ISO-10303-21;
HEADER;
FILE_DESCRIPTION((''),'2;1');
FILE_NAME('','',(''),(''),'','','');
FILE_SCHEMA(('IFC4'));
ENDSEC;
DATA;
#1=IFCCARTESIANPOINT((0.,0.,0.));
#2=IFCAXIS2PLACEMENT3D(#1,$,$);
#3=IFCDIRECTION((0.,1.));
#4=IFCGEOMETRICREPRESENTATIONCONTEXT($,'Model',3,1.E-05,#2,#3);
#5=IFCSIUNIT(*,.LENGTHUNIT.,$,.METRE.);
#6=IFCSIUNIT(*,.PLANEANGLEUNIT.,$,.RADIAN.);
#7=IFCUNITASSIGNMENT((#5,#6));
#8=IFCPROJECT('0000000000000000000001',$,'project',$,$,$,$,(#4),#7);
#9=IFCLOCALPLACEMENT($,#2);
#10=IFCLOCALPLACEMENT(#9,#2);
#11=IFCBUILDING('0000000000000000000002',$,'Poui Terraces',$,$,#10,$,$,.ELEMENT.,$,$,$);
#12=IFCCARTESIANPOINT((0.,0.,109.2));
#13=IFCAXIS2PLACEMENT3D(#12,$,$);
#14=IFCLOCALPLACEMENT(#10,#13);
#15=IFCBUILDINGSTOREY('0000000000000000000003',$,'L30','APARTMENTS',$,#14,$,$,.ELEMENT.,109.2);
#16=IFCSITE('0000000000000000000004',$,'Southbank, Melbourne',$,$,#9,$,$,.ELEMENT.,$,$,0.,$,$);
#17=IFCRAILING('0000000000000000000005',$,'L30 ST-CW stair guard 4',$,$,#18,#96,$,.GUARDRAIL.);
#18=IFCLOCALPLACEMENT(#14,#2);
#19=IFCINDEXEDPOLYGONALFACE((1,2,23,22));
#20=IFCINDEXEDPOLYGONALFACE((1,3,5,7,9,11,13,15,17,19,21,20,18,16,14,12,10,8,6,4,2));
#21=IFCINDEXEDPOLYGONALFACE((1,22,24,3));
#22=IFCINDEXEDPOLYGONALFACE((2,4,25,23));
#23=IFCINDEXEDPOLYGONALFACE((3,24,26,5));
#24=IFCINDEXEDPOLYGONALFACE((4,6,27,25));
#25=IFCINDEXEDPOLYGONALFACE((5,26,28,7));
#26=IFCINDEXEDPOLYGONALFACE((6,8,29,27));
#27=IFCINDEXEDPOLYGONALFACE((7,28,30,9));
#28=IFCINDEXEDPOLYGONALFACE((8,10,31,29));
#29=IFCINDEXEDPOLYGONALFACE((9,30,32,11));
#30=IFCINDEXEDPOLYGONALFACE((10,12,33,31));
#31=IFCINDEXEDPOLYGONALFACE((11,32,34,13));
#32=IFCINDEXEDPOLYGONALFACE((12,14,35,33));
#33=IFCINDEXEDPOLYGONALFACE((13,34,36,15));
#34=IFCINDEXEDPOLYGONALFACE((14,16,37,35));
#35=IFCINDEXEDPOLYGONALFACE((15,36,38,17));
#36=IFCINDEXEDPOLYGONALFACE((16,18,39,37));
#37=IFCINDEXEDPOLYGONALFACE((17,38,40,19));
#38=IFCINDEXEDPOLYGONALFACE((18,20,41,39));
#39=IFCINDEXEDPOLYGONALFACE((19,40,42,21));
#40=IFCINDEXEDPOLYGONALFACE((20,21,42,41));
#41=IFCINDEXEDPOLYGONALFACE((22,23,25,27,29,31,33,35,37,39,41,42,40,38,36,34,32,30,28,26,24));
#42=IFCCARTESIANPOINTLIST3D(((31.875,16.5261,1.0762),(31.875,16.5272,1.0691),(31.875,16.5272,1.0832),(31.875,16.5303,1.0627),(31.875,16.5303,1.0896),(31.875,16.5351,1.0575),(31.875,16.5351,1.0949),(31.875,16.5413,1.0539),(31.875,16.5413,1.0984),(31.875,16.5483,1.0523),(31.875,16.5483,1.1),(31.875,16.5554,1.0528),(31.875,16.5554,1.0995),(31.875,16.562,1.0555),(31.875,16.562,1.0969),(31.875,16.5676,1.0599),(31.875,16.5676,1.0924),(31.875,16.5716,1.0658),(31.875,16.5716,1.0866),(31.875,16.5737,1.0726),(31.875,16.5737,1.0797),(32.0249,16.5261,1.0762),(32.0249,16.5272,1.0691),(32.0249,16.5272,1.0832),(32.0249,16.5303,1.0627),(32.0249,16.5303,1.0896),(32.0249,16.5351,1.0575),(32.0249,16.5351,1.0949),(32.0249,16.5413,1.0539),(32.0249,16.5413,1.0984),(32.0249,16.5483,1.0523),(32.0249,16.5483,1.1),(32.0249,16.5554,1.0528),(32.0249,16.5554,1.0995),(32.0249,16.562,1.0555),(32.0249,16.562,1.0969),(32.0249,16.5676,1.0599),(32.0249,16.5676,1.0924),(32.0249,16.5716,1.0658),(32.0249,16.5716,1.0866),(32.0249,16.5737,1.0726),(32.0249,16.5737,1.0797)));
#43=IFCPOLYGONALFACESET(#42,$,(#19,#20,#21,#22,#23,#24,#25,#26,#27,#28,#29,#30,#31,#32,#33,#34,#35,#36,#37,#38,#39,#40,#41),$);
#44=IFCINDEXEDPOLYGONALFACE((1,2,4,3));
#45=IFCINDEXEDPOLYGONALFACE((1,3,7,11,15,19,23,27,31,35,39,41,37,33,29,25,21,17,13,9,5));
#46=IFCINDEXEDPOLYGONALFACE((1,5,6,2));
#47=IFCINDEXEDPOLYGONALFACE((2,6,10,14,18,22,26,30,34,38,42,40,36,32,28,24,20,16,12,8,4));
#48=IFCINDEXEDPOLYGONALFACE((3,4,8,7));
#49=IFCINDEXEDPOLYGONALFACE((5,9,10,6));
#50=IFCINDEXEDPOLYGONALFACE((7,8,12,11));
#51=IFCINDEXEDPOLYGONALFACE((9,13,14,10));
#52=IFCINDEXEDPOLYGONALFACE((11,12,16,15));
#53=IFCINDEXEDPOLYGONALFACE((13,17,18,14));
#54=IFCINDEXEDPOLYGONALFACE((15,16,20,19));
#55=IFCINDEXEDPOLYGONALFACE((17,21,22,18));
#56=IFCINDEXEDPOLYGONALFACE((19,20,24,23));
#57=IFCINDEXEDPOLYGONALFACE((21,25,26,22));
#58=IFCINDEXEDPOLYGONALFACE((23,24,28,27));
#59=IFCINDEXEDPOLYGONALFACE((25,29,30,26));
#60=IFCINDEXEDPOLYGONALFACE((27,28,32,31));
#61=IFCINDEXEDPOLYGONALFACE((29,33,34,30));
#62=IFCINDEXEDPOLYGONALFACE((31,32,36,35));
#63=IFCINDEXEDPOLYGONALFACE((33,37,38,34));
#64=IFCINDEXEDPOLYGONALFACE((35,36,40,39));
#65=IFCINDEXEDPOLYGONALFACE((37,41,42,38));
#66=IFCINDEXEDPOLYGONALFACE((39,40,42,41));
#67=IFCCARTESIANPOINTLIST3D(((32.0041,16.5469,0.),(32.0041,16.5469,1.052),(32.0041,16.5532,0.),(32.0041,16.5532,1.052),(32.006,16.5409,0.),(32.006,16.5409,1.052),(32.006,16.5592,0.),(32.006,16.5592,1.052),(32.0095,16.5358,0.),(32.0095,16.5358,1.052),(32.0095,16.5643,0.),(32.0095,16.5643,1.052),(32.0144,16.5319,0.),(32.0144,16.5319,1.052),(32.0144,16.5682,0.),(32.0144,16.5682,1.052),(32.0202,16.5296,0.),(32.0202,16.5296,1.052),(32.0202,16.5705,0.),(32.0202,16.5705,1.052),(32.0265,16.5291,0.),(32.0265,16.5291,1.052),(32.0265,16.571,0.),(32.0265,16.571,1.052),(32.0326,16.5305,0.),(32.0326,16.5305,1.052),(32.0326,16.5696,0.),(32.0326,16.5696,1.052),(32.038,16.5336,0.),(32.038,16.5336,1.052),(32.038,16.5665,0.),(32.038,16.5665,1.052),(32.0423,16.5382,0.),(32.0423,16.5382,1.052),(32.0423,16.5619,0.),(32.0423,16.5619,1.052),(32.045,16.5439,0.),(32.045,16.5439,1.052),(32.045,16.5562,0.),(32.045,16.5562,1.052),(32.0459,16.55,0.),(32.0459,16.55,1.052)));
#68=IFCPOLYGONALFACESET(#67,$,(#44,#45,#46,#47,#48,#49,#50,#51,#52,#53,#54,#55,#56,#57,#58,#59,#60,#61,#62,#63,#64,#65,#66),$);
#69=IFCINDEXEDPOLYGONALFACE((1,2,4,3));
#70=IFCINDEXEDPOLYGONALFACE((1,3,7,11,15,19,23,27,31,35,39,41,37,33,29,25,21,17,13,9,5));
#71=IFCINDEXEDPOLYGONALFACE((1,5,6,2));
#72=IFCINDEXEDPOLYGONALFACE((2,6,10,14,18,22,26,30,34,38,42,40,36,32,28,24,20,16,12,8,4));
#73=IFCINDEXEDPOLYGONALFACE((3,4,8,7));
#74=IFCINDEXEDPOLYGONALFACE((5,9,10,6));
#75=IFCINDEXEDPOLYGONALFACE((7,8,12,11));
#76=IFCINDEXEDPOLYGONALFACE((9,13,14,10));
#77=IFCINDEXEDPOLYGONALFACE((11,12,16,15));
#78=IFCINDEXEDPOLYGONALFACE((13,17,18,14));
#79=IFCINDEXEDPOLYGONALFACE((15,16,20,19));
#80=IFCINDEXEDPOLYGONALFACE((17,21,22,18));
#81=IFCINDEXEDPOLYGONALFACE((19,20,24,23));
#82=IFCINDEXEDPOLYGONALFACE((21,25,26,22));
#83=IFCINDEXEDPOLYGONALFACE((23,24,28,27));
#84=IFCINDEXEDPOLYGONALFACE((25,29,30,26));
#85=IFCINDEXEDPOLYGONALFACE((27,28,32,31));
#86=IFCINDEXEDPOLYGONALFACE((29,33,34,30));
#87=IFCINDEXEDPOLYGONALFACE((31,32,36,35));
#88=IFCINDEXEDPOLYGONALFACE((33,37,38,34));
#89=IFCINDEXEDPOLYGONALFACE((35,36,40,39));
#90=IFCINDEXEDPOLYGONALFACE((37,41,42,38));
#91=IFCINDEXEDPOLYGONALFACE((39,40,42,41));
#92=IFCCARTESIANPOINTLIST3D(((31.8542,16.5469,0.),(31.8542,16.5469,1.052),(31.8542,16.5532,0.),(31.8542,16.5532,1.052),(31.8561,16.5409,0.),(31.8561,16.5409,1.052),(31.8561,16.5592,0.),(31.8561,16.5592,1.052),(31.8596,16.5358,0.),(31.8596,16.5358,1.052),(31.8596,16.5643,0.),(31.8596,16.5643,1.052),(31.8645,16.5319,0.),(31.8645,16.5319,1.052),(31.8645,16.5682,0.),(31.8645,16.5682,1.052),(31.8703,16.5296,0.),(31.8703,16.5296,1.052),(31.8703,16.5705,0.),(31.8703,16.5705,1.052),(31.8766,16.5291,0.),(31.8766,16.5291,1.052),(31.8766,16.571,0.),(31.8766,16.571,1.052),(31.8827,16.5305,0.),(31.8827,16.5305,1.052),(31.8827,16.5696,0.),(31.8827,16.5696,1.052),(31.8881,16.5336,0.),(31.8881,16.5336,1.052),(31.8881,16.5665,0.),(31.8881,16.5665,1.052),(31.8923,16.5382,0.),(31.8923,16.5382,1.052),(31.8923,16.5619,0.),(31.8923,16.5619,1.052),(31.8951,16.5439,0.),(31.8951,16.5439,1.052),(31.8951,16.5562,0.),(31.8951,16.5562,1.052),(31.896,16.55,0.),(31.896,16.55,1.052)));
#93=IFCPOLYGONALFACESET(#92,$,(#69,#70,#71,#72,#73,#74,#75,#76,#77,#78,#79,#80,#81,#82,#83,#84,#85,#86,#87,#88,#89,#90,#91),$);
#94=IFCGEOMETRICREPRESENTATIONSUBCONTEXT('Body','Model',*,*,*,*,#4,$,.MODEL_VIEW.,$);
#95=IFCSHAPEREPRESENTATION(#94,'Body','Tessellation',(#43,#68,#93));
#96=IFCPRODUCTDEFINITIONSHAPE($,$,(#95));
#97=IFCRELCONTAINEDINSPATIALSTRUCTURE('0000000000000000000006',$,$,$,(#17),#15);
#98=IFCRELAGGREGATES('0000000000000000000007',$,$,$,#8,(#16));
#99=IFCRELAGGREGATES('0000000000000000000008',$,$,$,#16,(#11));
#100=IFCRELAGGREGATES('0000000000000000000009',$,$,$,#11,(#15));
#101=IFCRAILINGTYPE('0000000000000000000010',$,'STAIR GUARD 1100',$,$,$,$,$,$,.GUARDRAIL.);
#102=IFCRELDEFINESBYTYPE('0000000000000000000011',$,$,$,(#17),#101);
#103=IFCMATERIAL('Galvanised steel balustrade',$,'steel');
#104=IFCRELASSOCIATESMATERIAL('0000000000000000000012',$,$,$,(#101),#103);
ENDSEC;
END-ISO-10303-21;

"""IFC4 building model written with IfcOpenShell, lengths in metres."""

from ifc_helpers import new_model, si_unit, direction, frame, origin, origin_2d, place, context, subcontext, project, spatial, circle, extrude, material, type_object, element, save


model = new_model("IFC4")

# Units and contexts
model_context = context("Model", 3, precision=1e-05, world=origin(), true_north=direction((0.0, 1.0)))
body_context = subcontext(model_context, "Body", "Model", "MODEL_VIEW")
ifc_project = project(units=[si_unit("LENGTHUNIT", "METRE"), si_unit("PLANEANGLEUNIT", "RADIAN")], contexts=[model_context])

# Site, building, storey
site_placement = place(None, origin())
site = spatial("IfcSite", under=ifc_project, at=site_placement, Name="Southbank, Melbourne", CompositionType="ELEMENT", RefElevation=0.0)
building_placement = place(site_placement, origin())
building = spatial("IfcBuilding", under=site, at=building_placement, Name="Poui Terraces", CompositionType="ELEMENT")
storey_placement = place(building_placement, frame((0.0, 0.0, 109.2)))
storey = spatial("IfcBuildingStorey", under=building, at=storey_placement, Name="L30", Description="APARTMENTS", CompositionType="ELEMENT", Elevation=109.2)

# Railing
ifc_material_1 = material(Name="Galvanised steel balustrade", Category="steel")
railing_type_1 = type_object("IfcRailingType", Name="STAIR GUARD 1100", PredefinedType="GUARDRAIL", material=ifc_material_1)
railing_1_placement = place(storey_placement, frame((32.0249, 16.55, 0.0)))
element("IfcRailing", 1, at=railing_1_placement, inside=storey, type_object=railing_type_1, Name="L30 ST-CW stair guard 4", PredefinedType="GUARDRAIL", context=body_context, shape_type="SweptSolid", body=[
    extrude(circle(Radius=0.0239, at=origin_2d()), frame((0.0, 0.0, 1.0762), z_axis=(-1.0, 0.0, 0.0), x_axis=(0.0, -1.0, 0.0)), (0.0, 0.0, 1.0), 0.1499),
    extrude(circle(Radius=0.021, at=origin_2d()), origin(), (0.0, 0.0, 1.0), 1.052),
    extrude(circle(Radius=0.021, at=origin_2d()), frame((-0.1499, 0.0, 0.0)), (0.0, 0.0, 1.0), 1.052),
])

save(model, "model.ifc")
